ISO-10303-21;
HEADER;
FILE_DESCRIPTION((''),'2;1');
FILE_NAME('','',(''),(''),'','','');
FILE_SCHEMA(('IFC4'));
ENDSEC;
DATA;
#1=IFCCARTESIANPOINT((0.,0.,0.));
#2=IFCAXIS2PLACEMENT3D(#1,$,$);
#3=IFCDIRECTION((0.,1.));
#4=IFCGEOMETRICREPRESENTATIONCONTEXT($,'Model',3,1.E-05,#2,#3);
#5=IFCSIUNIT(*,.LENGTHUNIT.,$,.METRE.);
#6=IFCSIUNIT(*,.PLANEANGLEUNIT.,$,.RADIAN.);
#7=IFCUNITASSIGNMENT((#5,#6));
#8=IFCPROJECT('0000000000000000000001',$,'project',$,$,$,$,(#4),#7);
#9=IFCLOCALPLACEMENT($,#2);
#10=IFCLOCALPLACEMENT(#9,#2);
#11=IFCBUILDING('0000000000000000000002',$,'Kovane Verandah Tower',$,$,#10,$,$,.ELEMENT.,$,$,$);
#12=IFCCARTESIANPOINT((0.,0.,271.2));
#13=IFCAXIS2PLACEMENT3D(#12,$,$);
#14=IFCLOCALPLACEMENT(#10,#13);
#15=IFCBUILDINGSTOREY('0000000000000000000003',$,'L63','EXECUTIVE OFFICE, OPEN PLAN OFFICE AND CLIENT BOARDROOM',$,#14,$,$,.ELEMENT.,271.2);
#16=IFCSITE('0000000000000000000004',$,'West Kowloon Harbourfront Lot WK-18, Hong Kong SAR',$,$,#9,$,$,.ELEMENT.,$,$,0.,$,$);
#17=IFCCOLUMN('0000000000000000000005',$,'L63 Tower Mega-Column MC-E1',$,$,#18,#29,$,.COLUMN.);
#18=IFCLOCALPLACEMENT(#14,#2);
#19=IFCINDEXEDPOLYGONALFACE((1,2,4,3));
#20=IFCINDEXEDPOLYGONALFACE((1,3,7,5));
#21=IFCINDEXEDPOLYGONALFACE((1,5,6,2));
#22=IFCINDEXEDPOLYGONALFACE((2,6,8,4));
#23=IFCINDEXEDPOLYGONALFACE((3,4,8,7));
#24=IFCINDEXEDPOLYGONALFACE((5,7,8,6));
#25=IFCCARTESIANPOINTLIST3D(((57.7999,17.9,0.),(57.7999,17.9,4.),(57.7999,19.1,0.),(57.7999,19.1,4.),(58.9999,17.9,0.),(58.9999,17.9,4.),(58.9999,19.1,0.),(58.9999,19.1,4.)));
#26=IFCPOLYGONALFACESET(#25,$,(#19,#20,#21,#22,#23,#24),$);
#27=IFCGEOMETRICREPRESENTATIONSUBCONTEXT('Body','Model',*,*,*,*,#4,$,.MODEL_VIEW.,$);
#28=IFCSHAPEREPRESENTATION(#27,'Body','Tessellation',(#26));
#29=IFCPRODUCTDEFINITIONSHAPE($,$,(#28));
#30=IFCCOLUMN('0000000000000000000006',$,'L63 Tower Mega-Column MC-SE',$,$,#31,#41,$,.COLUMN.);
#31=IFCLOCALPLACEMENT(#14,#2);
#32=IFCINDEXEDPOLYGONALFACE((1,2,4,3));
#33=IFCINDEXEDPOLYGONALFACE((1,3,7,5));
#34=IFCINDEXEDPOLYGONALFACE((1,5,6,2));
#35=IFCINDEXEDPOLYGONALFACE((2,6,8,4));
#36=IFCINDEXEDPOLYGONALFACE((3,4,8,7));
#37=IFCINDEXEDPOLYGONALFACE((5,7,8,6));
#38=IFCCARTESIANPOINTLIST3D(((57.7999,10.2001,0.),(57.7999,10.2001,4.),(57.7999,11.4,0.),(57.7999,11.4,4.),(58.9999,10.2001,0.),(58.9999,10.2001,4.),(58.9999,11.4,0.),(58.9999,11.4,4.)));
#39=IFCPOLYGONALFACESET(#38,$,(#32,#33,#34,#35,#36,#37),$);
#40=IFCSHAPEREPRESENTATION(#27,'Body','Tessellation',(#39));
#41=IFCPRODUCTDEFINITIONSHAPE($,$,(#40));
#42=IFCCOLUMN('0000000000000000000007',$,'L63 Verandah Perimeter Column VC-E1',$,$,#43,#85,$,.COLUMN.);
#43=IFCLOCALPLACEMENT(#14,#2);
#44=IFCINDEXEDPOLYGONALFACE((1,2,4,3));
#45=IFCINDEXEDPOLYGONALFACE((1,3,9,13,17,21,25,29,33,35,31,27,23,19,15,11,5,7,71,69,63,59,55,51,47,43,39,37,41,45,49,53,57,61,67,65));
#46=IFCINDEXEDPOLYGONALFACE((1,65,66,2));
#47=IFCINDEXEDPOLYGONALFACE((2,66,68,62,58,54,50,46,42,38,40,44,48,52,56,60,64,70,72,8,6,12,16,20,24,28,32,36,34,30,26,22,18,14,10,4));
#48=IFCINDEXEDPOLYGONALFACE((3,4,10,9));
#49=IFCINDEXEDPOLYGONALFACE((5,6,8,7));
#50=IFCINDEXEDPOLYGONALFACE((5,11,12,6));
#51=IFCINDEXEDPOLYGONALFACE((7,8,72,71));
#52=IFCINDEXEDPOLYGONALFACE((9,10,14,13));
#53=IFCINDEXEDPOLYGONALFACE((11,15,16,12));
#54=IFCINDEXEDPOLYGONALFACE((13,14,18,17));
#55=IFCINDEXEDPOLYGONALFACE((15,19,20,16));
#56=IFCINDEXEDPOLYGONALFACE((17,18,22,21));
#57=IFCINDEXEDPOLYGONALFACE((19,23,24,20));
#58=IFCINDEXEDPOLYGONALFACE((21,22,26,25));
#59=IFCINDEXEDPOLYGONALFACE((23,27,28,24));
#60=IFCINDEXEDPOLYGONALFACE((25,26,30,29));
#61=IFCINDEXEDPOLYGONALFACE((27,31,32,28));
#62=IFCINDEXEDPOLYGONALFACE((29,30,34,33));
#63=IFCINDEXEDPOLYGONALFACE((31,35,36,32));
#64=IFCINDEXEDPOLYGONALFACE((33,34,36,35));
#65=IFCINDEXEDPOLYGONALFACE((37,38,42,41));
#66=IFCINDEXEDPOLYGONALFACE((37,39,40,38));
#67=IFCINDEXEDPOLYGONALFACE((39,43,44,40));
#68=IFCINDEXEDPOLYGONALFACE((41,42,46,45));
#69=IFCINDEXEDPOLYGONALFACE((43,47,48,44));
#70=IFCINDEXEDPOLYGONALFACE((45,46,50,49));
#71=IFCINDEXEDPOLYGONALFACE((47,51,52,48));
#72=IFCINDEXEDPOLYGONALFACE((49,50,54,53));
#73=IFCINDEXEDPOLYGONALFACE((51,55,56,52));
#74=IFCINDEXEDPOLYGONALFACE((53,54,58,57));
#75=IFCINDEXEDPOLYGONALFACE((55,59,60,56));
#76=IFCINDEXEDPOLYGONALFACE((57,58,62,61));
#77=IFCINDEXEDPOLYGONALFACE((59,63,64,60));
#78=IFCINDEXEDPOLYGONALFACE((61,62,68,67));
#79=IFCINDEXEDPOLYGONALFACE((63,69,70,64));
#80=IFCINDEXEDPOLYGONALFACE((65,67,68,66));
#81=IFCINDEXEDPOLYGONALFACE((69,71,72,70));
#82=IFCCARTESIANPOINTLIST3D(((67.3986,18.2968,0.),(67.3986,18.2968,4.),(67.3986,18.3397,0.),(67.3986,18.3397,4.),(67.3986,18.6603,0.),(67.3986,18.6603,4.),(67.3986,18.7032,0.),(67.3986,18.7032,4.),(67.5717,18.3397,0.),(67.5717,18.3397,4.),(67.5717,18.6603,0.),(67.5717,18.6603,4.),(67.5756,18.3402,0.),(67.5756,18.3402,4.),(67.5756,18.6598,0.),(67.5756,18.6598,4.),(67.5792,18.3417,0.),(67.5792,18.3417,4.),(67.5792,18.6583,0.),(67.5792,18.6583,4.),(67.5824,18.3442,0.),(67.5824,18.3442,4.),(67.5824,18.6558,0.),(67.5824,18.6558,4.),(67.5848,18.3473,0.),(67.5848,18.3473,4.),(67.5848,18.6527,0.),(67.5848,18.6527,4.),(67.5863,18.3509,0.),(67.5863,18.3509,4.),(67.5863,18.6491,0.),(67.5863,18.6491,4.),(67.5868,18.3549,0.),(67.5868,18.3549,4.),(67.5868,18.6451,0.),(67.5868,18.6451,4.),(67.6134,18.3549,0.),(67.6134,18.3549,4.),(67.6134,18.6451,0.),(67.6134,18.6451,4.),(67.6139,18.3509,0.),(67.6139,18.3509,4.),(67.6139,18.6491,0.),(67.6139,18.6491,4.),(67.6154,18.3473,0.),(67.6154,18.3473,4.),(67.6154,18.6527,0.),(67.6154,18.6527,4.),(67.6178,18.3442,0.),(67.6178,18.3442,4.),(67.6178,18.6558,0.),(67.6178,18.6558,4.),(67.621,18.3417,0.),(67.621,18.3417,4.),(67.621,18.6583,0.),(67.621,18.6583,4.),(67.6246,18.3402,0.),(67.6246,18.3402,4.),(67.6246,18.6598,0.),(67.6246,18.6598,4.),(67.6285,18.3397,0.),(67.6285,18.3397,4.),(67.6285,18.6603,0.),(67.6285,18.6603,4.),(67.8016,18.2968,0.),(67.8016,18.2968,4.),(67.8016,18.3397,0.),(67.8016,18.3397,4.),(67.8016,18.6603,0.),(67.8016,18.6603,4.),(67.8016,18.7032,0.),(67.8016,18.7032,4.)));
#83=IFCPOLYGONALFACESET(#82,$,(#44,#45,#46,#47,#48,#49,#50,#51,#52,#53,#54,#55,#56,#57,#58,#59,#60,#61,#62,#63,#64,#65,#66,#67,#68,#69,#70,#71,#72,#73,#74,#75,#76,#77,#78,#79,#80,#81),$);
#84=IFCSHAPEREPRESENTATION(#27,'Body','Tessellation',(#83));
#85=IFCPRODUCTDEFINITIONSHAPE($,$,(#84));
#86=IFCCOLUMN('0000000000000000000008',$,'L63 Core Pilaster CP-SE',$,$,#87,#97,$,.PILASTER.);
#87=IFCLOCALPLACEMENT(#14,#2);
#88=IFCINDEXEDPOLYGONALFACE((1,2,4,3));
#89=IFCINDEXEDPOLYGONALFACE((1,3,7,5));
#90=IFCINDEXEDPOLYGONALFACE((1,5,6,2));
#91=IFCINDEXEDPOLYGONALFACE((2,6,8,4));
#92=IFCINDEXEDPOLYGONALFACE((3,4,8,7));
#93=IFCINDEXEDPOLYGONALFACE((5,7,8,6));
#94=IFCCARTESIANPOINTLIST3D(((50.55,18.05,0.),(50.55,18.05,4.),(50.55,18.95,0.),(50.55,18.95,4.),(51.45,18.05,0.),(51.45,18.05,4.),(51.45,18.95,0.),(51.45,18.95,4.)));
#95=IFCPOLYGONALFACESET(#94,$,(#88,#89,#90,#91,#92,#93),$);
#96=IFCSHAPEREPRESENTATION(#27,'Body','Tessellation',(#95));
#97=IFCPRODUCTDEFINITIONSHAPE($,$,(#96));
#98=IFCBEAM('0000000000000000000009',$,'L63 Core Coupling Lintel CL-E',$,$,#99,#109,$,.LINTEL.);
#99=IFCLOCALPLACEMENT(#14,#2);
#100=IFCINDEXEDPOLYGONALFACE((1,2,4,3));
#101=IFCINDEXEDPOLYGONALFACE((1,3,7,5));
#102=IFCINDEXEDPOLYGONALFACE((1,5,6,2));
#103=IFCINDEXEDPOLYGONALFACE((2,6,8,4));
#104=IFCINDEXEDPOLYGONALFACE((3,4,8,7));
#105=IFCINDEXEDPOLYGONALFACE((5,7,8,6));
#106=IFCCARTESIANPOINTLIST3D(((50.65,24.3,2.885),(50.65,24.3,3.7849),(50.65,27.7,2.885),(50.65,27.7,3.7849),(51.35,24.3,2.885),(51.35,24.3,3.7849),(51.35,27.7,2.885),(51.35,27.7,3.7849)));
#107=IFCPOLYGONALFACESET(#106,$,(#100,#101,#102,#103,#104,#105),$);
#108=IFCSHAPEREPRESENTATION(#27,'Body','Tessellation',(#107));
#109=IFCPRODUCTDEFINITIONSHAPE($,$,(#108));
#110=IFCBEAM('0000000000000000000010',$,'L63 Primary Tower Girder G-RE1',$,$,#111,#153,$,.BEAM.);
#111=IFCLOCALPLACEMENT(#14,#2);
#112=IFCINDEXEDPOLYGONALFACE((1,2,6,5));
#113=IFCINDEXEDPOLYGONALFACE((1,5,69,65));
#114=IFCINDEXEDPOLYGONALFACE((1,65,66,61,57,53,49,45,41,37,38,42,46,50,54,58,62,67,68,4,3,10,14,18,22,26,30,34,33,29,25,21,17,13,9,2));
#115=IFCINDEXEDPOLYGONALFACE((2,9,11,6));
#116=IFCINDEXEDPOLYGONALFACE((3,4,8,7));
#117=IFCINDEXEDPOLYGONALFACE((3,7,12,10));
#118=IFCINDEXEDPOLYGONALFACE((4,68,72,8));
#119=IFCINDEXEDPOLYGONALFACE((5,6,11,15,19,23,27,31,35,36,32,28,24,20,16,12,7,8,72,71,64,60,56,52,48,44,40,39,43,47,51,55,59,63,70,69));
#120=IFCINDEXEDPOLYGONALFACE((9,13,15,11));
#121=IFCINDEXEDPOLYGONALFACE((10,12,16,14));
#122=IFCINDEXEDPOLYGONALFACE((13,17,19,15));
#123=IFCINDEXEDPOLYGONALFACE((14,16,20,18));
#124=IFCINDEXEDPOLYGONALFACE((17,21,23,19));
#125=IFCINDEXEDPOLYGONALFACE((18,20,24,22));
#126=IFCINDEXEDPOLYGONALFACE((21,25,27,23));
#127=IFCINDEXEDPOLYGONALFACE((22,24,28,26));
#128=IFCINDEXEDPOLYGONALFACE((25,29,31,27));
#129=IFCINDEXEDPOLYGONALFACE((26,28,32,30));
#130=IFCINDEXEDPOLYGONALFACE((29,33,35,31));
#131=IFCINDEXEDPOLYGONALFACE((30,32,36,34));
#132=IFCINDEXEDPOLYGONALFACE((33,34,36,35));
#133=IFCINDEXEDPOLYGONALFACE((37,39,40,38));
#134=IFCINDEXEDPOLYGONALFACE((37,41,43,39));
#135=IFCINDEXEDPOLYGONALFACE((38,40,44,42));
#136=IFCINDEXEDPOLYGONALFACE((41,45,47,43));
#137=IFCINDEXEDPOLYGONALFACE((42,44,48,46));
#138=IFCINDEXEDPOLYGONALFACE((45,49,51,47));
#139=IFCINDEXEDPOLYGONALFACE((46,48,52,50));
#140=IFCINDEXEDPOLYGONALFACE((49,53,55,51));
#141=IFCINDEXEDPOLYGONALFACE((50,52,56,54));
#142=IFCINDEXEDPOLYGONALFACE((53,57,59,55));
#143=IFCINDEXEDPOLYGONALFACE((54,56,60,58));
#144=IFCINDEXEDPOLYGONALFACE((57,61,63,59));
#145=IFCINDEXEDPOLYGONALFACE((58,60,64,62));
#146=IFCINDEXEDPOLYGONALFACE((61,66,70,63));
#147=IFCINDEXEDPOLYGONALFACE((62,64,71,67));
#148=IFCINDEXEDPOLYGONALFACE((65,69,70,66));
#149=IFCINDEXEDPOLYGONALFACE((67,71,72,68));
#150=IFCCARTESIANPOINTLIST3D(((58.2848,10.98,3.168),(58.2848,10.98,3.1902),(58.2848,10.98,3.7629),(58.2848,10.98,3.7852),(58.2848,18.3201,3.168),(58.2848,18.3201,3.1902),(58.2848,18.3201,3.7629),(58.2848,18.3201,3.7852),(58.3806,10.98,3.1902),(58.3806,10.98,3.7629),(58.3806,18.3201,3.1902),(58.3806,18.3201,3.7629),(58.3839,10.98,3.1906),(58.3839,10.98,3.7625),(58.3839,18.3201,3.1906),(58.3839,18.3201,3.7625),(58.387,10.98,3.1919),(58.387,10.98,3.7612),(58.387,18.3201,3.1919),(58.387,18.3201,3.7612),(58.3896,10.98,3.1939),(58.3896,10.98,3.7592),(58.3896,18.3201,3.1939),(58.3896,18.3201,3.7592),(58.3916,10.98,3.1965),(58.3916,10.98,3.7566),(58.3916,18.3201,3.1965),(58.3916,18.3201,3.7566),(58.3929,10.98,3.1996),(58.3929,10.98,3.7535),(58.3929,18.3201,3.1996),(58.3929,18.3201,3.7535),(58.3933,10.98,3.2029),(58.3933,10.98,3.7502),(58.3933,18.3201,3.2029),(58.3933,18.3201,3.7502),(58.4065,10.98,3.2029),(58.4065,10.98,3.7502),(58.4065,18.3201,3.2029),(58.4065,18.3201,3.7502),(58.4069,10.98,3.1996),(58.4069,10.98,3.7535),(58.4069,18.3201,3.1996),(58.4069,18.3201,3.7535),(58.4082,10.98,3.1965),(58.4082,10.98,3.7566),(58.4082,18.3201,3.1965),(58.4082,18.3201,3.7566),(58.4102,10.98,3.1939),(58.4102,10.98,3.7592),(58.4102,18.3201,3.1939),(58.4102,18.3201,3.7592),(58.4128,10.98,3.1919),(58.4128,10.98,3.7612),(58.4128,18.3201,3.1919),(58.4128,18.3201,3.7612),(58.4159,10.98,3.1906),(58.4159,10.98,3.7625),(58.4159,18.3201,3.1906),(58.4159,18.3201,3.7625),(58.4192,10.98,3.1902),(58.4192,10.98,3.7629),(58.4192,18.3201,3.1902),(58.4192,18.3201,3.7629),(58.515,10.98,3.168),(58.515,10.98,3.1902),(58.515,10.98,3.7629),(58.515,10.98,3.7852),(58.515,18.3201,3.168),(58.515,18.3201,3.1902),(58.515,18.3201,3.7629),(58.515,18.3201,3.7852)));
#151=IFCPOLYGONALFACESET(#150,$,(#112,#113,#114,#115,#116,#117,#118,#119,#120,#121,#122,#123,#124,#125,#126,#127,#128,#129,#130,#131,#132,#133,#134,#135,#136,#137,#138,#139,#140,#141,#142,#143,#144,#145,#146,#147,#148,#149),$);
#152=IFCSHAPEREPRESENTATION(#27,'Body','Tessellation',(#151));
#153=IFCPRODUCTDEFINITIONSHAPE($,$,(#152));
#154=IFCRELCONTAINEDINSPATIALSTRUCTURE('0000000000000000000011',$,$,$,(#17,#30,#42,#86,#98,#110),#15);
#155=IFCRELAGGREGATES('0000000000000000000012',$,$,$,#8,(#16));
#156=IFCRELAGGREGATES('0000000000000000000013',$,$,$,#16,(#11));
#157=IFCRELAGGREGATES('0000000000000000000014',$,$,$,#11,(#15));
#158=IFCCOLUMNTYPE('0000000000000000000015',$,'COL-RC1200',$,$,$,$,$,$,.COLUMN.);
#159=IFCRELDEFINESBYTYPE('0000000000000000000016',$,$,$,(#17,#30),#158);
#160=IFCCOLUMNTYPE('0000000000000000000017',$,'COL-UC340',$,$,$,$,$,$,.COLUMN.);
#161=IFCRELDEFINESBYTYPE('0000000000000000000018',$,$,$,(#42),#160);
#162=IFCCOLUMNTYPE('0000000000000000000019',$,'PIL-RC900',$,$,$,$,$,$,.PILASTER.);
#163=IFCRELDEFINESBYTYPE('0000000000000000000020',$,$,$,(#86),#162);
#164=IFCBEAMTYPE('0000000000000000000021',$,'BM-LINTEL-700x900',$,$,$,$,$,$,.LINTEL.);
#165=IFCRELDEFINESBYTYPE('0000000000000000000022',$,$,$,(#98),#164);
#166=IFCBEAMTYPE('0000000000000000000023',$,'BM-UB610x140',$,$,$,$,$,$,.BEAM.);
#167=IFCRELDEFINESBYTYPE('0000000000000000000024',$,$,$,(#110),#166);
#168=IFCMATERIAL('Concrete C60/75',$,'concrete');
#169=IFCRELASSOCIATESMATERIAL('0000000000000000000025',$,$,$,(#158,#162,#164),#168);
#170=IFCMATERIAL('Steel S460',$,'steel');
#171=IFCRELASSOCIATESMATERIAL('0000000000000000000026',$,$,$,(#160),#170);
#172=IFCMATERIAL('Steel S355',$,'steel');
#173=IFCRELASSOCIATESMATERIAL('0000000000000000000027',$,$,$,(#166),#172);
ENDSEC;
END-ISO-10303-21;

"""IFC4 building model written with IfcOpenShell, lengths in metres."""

from ifc_helpers import new_model, si_unit, direction, frame, origin, origin_2d, place, context, subcontext, project, spatial, rectangle, i_section, extrude, material, material_profile, profile_set, type_object, element, save


model = new_model("IFC4")

# Units and contexts
model_context = context("Model", 3, precision=1e-05, world=origin(), true_north=direction((0.0, 1.0)))
body_context = subcontext(model_context, "Body", "Model", "MODEL_VIEW")
ifc_project = project(units=[si_unit("LENGTHUNIT", "METRE"), si_unit("PLANEANGLEUNIT", "RADIAN")], contexts=[model_context])

# Site, building, storey
site_placement = place(None, origin())
site = spatial("IfcSite", under=ifc_project, at=site_placement, Name="West Kowloon Harbourfront Lot WK-18, Hong Kong SAR", CompositionType="ELEMENT", RefElevation=0.0)
building_placement = place(site_placement, origin())
building = spatial("IfcBuilding", under=site, at=building_placement, Name="Kovane Verandah Tower", CompositionType="ELEMENT")
storey_placement = place(building_placement, frame((0.0, 0.0, 271.2)))
storey = spatial("IfcBuildingStorey", under=building, at=storey_placement, Name="L63", Description="EXECUTIVE OFFICE, OPEN PLAN OFFICE AND CLIENT BOARDROOM", CompositionType="ELEMENT", Elevation=271.2)

# Columns
ifc_material_1 = material(Name="Concrete C60/75", Category="concrete")
ifc_material_profile_1 = material_profile(ifc_material_1, rectangle(XDim=1.2, YDim=1.2, at=origin_2d()), Name="RC1200x1200")
ifc_profile_set_1 = profile_set([ifc_material_profile_1], Name="Concrete C60/75")
column_type_1 = type_object("IfcColumnType", Name="COL-RC1200", PredefinedType="COLUMN", material=ifc_profile_set_1)
for number, where, z_axis, x_axis, name in (
    (1, (58.3999, 18.5, 0.0), (0.0, 0.0, 1.0), (1.0, 0.0, 0.0), "L63 Tower Mega-Column MC-E1"),
    (2, (58.3999, 10.8, 0.0), (0.0, 0.0, 1.0), (1.0, 0.0, 0.0), "L63 Tower Mega-Column MC-SE"),
):
    element("IfcColumn", number, at=place(storey_placement, frame(where, z_axis=z_axis, x_axis=x_axis)), inside=storey, type_object=column_type_1, Name=name, PredefinedType="COLUMN", context=body_context, shape_type="SweptSolid", body=[
        extrude(rectangle(XDim=1.2, YDim=1.2, at=origin_2d()), origin(), (0.0, 0.0, 1.0), 4.0),
    ])
ifc_material_2 = material(Name="Steel S460", Category="steel")
ifc_material_profile_2 = material_profile(ifc_material_2, i_section(OverallWidth=0.4031, OverallDepth=0.4065, WebThickness=0.0266, FlangeThickness=0.043, FilletRadius=0.0151, at=origin_2d()), Name="UC356x406x340")
ifc_profile_set_2 = profile_set([ifc_material_profile_2], Name="Steel S460")
column_type_2 = type_object("IfcColumnType", Name="COL-UC340", PredefinedType="COLUMN", material=ifc_profile_set_2)
column_1_placement = place(storey_placement, frame((67.6001, 18.5, 0.0), z_axis=(0.0, 0.0, 1.0), x_axis=(1.0, 0.0, 0.0)))
element("IfcColumn", 3, at=column_1_placement, inside=storey, type_object=column_type_2, Name="L63 Verandah Perimeter Column VC-E1", PredefinedType="COLUMN", context=body_context, shape_type="SweptSolid", body=[
    extrude(i_section(OverallWidth=0.4031, OverallDepth=0.4065, WebThickness=0.0266, FlangeThickness=0.043, FilletRadius=0.0151, at=origin_2d()), origin(), (0.0, 0.0, 1.0), 4.0),
])
ifc_material_profile_3 = material_profile(ifc_material_1, rectangle(XDim=0.8999, YDim=0.8999, at=origin_2d()), Name="RC900x900")
ifc_profile_set_3 = profile_set([ifc_material_profile_3], Name="Concrete C60/75")
column_type_3 = type_object("IfcColumnType", Name="PIL-RC900", PredefinedType="PILASTER", material=ifc_profile_set_3)
column_2_placement = place(storey_placement, frame((51.0, 18.5, 0.0), z_axis=(0.0, 0.0, 1.0), x_axis=(1.0, 0.0, 0.0)))
element("IfcColumn", 4, at=column_2_placement, inside=storey, type_object=column_type_3, Name="L63 Core Pilaster CP-SE", PredefinedType="PILASTER", context=body_context, shape_type="SweptSolid", body=[
    extrude(rectangle(XDim=0.8999, YDim=0.8999, at=origin_2d()), origin(), (0.0, 0.0, 1.0), 4.0),
])

# Beams
ifc_material_profile_4 = material_profile(ifc_material_1, rectangle(XDim=0.7, YDim=0.8999, at=origin_2d()), Name="RCB700x900")
ifc_profile_set_4 = profile_set([ifc_material_profile_4], Name="Concrete C60/75")
beam_type_1 = type_object("IfcBeamType", Name="BM-LINTEL-700x900", PredefinedType="LINTEL", material=ifc_profile_set_4)
beam_1_placement = place(storey_placement, frame((51.0, 24.3, 3.335), z_axis=(0.0, 1.0, 0.0), x_axis=(-1.0, 0.0, 0.0)))
element("IfcBeam", 5, at=beam_1_placement, inside=storey, type_object=beam_type_1, Name="L63 Core Coupling Lintel CL-E", PredefinedType="LINTEL", context=body_context, shape_type="SweptSolid", body=[
    extrude(rectangle(XDim=0.7, YDim=0.8999, at=origin_2d()), origin(), (0.0, 0.0, 1.0), 3.3999),
])
ifc_material_3 = material(Name="Steel S355", Category="steel")
ifc_material_profile_5 = material_profile(ifc_material_3, i_section(OverallWidth=0.2302, OverallDepth=0.6172, WebThickness=0.0132, FlangeThickness=0.0222, FilletRadius=0.0127, at=origin_2d()), Name="UB610x229x140")
ifc_profile_set_5 = profile_set([ifc_material_profile_5], Name="Steel S355")
beam_type_2 = type_object("IfcBeamType", Name="BM-UB610x140", PredefinedType="BEAM", material=ifc_profile_set_5)
beam_2_placement = place(storey_placement, frame((58.3999, 10.98, 3.4766), z_axis=(0.0, 1.0, 0.0), x_axis=(-1.0, 0.0, 0.0)))
element("IfcBeam", 6, at=beam_2_placement, inside=storey, type_object=beam_type_2, Name="L63 Primary Tower Girder G-RE1", PredefinedType="BEAM", context=body_context, shape_type="SweptSolid", body=[
    extrude(i_section(OverallWidth=0.2302, OverallDepth=0.6172, WebThickness=0.0132, FlangeThickness=0.0222, FilletRadius=0.0127, at=origin_2d()), origin(), (0.0, 0.0, 1.0), 7.3401),
])

save(model, "model.ifc")
